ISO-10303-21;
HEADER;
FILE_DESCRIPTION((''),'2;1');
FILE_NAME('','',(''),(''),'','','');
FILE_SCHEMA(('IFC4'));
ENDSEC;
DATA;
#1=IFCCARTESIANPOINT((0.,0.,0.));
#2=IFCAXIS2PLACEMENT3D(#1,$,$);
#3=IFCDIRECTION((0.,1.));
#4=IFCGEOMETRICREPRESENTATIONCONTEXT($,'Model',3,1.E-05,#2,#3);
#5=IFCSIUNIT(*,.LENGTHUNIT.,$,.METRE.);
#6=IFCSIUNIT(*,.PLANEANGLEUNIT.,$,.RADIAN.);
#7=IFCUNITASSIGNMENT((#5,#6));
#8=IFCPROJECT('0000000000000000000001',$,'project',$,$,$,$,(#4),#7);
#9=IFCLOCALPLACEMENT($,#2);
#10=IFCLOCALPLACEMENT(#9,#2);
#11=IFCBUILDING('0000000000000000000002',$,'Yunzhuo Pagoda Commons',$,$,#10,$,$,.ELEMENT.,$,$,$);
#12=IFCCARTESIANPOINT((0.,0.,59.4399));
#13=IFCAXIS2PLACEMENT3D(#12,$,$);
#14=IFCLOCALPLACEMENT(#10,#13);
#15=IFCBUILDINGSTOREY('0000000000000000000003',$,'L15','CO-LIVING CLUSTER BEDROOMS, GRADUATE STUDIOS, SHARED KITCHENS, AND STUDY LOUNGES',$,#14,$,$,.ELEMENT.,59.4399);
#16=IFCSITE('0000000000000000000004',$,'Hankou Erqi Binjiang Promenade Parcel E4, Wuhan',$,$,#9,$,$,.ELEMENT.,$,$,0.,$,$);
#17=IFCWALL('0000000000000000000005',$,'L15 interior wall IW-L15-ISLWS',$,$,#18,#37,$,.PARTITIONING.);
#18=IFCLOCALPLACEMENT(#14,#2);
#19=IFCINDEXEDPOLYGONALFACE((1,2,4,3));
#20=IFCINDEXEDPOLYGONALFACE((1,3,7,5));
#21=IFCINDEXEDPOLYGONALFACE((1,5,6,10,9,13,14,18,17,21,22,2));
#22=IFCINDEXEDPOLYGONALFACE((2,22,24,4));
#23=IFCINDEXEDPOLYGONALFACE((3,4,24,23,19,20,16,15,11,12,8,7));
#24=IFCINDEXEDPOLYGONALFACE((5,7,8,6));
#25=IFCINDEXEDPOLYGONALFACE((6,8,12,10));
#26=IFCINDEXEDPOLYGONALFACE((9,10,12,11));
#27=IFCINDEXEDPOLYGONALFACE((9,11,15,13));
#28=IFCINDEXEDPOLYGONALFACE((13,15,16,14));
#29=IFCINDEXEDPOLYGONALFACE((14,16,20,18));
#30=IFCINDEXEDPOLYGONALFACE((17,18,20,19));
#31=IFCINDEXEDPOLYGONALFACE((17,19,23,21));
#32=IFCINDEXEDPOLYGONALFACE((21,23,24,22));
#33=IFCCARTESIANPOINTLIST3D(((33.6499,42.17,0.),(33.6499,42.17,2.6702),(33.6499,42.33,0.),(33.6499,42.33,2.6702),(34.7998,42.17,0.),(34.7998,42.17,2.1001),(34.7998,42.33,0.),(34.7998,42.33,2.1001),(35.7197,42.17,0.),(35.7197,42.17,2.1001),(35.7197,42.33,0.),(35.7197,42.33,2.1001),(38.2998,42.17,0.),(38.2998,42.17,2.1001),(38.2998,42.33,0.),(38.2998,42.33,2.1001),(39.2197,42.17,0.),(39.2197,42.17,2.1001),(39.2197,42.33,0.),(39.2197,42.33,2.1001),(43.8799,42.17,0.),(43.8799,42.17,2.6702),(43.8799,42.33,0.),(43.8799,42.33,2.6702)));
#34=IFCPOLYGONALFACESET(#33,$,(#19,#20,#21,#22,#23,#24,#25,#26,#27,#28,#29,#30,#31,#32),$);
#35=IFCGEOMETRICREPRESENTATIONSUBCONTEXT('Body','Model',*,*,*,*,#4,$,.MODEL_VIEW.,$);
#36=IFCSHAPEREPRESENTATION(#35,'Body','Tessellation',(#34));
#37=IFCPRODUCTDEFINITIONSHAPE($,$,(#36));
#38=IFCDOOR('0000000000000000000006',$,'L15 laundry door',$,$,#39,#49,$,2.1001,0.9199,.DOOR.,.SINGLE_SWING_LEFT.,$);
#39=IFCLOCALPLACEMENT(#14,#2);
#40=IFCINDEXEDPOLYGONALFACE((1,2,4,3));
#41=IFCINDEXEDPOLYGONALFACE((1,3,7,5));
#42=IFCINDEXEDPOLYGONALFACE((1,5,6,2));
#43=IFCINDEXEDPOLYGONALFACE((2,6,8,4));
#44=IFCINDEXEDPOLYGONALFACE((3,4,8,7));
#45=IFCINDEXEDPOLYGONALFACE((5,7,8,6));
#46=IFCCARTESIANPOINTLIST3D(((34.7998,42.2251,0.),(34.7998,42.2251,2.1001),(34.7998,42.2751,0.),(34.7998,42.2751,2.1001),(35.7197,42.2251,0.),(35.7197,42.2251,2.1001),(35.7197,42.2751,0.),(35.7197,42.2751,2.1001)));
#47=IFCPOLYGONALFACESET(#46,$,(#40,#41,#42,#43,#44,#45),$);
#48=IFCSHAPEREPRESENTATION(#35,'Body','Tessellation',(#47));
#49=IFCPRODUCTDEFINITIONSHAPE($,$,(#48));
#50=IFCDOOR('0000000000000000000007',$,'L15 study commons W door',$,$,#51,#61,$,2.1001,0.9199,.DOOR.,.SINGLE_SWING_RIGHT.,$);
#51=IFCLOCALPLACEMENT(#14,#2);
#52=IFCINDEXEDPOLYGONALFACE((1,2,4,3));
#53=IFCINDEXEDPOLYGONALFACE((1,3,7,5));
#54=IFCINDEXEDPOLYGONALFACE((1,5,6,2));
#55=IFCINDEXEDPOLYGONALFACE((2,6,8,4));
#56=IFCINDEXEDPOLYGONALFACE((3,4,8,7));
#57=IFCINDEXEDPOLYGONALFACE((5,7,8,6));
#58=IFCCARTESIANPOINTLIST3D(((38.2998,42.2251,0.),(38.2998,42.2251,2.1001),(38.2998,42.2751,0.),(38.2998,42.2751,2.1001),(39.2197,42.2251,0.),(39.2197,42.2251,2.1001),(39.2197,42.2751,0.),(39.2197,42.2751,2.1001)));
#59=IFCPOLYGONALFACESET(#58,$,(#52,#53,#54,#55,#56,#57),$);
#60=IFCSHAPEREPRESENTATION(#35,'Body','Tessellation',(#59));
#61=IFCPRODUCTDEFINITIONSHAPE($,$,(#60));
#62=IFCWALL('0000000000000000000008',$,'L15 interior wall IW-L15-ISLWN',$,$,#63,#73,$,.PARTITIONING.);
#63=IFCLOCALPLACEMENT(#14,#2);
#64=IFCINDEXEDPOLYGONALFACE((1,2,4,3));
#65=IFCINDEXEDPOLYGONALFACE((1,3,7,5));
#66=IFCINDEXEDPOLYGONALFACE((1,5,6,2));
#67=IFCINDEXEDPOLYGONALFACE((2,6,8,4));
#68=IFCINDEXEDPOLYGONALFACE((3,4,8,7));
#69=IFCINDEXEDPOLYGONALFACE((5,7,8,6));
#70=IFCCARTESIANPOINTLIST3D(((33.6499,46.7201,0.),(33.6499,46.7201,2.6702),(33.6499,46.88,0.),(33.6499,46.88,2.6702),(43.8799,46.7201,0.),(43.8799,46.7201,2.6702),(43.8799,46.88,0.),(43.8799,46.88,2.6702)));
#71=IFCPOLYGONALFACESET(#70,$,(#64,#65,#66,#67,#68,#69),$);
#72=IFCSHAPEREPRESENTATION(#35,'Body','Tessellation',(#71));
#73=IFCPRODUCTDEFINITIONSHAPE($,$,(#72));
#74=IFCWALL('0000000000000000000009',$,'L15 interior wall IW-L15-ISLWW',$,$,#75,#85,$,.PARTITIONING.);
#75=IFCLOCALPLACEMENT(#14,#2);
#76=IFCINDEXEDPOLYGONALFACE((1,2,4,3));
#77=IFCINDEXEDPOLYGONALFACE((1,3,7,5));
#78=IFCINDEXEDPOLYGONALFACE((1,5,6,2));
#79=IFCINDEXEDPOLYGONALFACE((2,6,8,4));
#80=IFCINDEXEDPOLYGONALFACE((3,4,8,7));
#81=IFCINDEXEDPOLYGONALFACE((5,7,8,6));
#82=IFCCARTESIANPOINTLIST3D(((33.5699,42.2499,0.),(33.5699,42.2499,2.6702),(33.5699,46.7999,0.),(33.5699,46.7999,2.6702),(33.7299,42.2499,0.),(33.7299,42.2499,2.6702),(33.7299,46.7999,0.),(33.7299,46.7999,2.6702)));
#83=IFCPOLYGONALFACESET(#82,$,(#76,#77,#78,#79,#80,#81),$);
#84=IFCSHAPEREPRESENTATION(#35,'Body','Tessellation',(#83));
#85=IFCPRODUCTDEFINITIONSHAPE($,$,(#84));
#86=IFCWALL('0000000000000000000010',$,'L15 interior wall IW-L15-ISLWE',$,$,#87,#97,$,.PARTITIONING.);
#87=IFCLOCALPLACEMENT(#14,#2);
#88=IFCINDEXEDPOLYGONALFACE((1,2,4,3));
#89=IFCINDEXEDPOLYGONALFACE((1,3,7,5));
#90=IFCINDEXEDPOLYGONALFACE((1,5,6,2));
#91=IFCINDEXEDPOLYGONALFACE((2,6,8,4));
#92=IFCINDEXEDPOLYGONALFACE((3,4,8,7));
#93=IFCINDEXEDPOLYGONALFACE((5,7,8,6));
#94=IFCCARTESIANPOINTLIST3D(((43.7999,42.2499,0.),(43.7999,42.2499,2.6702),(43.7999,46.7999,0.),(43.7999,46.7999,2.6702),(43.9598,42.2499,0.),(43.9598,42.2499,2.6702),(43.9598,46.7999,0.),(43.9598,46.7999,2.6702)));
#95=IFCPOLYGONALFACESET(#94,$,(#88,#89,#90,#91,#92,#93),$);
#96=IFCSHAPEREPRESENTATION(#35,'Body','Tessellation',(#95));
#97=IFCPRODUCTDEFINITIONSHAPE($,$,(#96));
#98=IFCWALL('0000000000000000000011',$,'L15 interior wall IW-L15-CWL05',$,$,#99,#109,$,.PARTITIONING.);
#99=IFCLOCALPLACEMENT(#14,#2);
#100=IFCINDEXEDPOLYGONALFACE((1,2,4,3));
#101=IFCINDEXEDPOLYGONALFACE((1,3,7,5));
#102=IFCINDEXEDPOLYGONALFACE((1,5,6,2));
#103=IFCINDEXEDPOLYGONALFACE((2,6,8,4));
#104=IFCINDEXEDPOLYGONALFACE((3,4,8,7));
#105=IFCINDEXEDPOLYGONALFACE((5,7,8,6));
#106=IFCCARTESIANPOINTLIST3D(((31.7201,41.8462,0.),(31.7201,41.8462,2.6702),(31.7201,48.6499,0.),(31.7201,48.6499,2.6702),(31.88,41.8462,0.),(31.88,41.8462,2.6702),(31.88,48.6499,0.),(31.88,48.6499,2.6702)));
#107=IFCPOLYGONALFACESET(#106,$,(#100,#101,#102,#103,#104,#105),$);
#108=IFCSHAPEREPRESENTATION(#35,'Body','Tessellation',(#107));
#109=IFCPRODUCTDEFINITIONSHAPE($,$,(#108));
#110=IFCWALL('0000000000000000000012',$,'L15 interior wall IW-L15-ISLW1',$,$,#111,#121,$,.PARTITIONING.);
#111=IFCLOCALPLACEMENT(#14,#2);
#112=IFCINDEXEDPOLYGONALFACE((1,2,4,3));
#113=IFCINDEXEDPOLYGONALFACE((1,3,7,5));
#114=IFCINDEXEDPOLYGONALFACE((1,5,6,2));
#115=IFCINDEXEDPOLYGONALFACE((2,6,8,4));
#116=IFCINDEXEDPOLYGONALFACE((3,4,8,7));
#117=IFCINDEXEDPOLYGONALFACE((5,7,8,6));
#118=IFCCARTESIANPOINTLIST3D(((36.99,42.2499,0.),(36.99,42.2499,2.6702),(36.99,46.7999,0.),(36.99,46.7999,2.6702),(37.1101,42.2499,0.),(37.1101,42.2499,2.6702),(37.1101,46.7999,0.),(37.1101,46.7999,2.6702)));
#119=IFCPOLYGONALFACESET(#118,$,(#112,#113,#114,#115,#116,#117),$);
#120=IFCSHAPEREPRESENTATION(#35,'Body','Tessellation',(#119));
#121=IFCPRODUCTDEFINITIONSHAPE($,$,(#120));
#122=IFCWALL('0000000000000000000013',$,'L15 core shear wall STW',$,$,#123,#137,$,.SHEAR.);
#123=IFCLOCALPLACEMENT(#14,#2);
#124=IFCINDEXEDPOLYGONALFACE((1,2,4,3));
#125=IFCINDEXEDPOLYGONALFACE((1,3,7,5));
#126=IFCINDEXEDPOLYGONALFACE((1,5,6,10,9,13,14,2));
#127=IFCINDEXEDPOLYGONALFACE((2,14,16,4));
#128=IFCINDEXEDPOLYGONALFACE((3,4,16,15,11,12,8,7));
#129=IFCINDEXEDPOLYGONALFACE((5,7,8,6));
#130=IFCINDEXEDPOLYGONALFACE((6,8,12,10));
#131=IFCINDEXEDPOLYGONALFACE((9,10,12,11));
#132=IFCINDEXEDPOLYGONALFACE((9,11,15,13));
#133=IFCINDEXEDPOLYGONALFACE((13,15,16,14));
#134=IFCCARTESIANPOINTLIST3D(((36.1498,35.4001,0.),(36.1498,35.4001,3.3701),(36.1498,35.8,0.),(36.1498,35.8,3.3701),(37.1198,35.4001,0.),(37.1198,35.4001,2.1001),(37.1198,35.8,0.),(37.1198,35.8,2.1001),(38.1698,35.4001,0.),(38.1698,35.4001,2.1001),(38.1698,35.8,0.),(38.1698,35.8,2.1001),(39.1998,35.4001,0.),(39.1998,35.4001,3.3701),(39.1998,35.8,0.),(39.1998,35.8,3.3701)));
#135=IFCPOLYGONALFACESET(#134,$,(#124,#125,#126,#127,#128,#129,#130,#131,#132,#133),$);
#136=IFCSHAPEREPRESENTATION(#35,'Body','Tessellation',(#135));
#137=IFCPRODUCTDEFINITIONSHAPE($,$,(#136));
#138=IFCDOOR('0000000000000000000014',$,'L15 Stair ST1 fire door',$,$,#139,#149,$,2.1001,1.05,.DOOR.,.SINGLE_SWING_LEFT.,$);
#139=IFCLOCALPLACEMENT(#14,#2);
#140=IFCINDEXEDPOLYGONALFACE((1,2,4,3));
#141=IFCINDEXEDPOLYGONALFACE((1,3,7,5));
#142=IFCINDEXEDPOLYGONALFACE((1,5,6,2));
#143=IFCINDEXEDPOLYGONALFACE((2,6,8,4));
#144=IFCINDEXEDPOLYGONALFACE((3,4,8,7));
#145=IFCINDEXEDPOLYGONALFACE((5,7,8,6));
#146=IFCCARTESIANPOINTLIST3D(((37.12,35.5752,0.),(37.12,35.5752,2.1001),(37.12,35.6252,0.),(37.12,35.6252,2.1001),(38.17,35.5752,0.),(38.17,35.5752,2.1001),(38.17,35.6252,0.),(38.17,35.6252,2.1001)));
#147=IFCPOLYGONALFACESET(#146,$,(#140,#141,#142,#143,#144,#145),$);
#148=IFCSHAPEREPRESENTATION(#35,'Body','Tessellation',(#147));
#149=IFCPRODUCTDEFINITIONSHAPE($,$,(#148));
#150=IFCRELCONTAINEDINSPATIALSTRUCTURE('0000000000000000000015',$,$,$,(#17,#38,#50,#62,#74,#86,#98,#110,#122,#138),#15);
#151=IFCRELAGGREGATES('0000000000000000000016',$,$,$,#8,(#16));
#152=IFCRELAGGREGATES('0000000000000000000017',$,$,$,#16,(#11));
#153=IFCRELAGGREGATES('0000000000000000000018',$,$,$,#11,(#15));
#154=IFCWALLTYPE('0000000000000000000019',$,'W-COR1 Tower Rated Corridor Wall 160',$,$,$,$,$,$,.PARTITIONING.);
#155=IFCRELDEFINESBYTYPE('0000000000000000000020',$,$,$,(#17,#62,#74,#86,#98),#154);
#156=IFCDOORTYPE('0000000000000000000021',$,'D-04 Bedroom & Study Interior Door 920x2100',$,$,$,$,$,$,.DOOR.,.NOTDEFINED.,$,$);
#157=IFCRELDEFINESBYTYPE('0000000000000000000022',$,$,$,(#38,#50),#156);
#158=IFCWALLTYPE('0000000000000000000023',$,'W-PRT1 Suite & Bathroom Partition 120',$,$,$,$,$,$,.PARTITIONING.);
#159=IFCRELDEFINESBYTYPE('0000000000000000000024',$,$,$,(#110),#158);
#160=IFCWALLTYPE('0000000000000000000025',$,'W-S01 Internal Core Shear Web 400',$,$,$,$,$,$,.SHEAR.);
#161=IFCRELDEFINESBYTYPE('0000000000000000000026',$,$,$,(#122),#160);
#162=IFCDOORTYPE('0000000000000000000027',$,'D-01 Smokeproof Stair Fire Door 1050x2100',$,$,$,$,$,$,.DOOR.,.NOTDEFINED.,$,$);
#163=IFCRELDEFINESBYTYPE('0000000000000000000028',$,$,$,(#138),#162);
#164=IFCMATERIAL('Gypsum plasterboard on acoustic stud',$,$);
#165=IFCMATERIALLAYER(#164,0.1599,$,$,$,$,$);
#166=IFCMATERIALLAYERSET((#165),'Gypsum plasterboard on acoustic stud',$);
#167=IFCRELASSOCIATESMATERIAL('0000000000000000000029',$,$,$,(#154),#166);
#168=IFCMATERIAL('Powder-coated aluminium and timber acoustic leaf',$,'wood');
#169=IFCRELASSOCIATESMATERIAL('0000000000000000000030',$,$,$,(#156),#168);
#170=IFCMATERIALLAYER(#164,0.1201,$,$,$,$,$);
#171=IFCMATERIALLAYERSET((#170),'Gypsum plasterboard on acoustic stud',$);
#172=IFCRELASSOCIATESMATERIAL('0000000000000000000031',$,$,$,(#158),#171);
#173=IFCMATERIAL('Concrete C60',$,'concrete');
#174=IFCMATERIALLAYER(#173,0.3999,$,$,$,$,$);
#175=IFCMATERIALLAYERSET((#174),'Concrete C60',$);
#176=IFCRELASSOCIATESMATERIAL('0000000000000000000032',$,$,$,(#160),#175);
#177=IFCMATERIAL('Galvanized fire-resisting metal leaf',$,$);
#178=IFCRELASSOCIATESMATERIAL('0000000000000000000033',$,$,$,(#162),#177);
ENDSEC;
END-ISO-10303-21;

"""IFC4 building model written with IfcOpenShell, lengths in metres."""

from ifc_helpers import new_model, si_unit, direction, frame, frame_2d, origin, place, context, subcontext, project, spatial, rectangle, extrude, source, transform, mapped, material, layer, layer_set, type_object, element, fill, save


model = new_model("IFC4")

# Units and contexts
model_context = context("Model", 3, precision=1e-05, world=origin(), true_north=direction((0.0, 1.0)))
body_context = subcontext(model_context, "Body", "Model", "MODEL_VIEW")
ifc_project = project(units=[si_unit("LENGTHUNIT", "METRE"), si_unit("PLANEANGLEUNIT", "RADIAN")], contexts=[model_context])

# Site, building, storey
site_placement = place(None, origin())
site = spatial("IfcSite", under=ifc_project, at=site_placement, Name="Hankou Erqi Binjiang Promenade Parcel E4, Wuhan", CompositionType="ELEMENT", RefElevation=0.0)
building_placement = place(site_placement, origin())
building = spatial("IfcBuilding", under=site, at=building_placement, Name="Yunzhuo Pagoda Commons", CompositionType="ELEMENT")
storey_placement = place(building_placement, frame((0.0, 0.0, 59.4399)))
storey = spatial("IfcBuildingStorey", under=building, at=storey_placement, Name="L15", Description="CO-LIVING CLUSTER BEDROOMS, GRADUATE STUDIOS, SHARED KITCHENS, AND STUDY LOUNGES", CompositionType="ELEMENT", Elevation=59.4399)

# Shared definitions
ifc_material_1 = material(Name="Concrete C60", Category="concrete")
ifc_material_2 = material(Name="Galvanized fire-resisting metal leaf")
shared_shape_1 = source(origin(), body_context, "Body", "SweptSolid", [
    extrude(rectangle(XDim=1.05, YDim=2.1001, at=frame_2d((0.5249, 1.05))), frame((0.0, 0.0249, 0.0), z_axis=(0.0, -1.0, 0.0), x_axis=(1.0, 0.0, 0.0)), (0.0, 0.0, 1.0), 0.05),
])

# Wall, openings, doors
ifc_material_3 = material(Name="Gypsum plasterboard on acoustic stud")
ifc_layer_1 = layer(ifc_material_3, 0.1599)
ifc_layer_set_1 = layer_set([ifc_layer_1], Name="Gypsum plasterboard on acoustic stud")
wall_type_1 = type_object("IfcWallType", Name="W-COR1 Tower Rated Corridor Wall 160", PredefinedType="PARTITIONING", material=ifc_layer_set_1)
wall_1_placement = place(storey_placement, frame((33.6499, 42.25, 0.0), z_axis=(0.0, 0.0, 1.0), x_axis=(1.0, 0.0, 0.0)))
wall_1 = element("IfcWall", 1, at=wall_1_placement, inside=storey, type_object=wall_type_1, Name="L15 interior wall IW-L15-ISLWS", PredefinedType="PARTITIONING", context=body_context, shape_type="SweptSolid", body=[
    extrude(rectangle(XDim=10.23, YDim=0.1599, at=frame_2d((5.115, 0.0))), origin(), (0.0, 0.0, 1.0), 2.6702),
])
opening_1_placement = place(wall_1_placement, frame((1.1499, 0.0, 0.0)))
opening_1 = element("IfcOpeningElement", 2, at=opening_1_placement, cuts=wall_1, PredefinedType="OPENING", context=body_context, shape_type="SweptSolid", body=[
    extrude(rectangle(XDim=0.9199, YDim=2.1001, at=frame_2d((0.46, 1.05))), frame((0.0, 0.0898, 0.0), z_axis=(0.0, -1.0, 0.0), x_axis=(1.0, 0.0, 0.0)), (0.0, 0.0, 1.0), 0.1799),
])
opening_2_placement = place(wall_1_placement, frame((4.6499, 0.0, 0.0)))
opening_2 = element("IfcOpeningElement", 3, at=opening_2_placement, cuts=wall_1, PredefinedType="OPENING", context=body_context, shape_type="SweptSolid", body=[
    extrude(rectangle(XDim=0.9199, YDim=2.1001, at=frame_2d((0.46, 1.05))), frame((0.0, 0.0898, 0.0), z_axis=(0.0, -1.0, 0.0), x_axis=(1.0, 0.0, 0.0)), (0.0, 0.0, 1.0), 0.1799),
])
ifc_material_4 = material(Name="Powder-coated aluminium and timber acoustic leaf", Category="wood")
door_type_1 = type_object("IfcDoorType", Name="D-04 Bedroom & Study Interior Door 920x2100", OperationType="NOTDEFINED", PredefinedType="DOOR", material=ifc_material_4)
shared_shape_2 = source(origin(), body_context, "Body", "SweptSolid", [
    extrude(rectangle(XDim=0.9199, YDim=2.1001, at=frame_2d((0.46, 1.05))), frame((0.0, 0.0249, 0.0), z_axis=(0.0, -1.0, 0.0), x_axis=(1.0, 0.0, 0.0)), (0.0, 0.0, 1.0), 0.05),
])
door_1_placement = place(opening_1_placement, frame((0.9199, 0.0, 0.0), z_axis=(0.0, 0.0, 1.0), x_axis=(-1.0, 0.0, 0.0)))
door_1 = element("IfcDoor", 4, at=door_1_placement, inside=storey, type_object=door_type_1, Name="L15 laundry door", OperationType="SINGLE_SWING_LEFT", OverallHeight=2.1001, OverallWidth=0.9199, PredefinedType="DOOR", context=body_context, shape_type="MappedRepresentation", body=[
    mapped(shared_shape_2, transform((0.0, 0.0, 0.0), scale=1.0)),
])
fill(opening_1, door_1)
door_2_placement = place(opening_2_placement, frame((0.9199, 0.0, 0.0), z_axis=(0.0, 0.0, 1.0), x_axis=(-1.0, 0.0, 0.0)))
door_2 = element("IfcDoor", 5, at=door_2_placement, inside=storey, type_object=door_type_1, Name="L15 study commons W door", OperationType="SINGLE_SWING_RIGHT", OverallHeight=2.1001, OverallWidth=0.9199, PredefinedType="DOOR", context=body_context, shape_type="MappedRepresentation", body=[
    mapped(shared_shape_2, transform((0.0, 0.0, 0.0), scale=1.0)),
])
fill(opening_2, door_2)

# Walls
wall_2_placement = place(storey_placement, frame((33.6499, 46.8, 0.0), z_axis=(0.0, 0.0, 1.0), x_axis=(1.0, 0.0, 0.0)))
element("IfcWall", 6, at=wall_2_placement, inside=storey, type_object=wall_type_1, Name="L15 interior wall IW-L15-ISLWN", PredefinedType="PARTITIONING", context=body_context, shape_type="SweptSolid", body=[
    extrude(rectangle(XDim=10.23, YDim=0.1599, at=frame_2d((5.115, 0.0))), origin(), (0.0, 0.0, 1.0), 2.6702),
])
for number, where, z_axis, x_axis, name in (
    (7, (33.6499, 42.25, 0.0), (0.0, 0.0, 1.0), (0.0, 1.0, 0.0), "L15 interior wall IW-L15-ISLWW"),
    (8, (43.8799, 42.25, 0.0), (0.0, 0.0, 1.0), (0.0, 1.0, 0.0), "L15 interior wall IW-L15-ISLWE"),
):
    element("IfcWall", number, at=place(storey_placement, frame(where, z_axis=z_axis, x_axis=x_axis)), inside=storey, type_object=wall_type_1, Name=name, PredefinedType="PARTITIONING", context=body_context, shape_type="SweptSolid", body=[
        extrude(rectangle(XDim=4.55, YDim=0.1599, at=frame_2d((2.2749, 0.0))), origin(), (0.0, 0.0, 1.0), 2.6702),
    ])
wall_3_placement = place(storey_placement, frame((31.8, 41.8462, 0.0), z_axis=(0.0, 0.0, 1.0), x_axis=(0.0, 1.0, 0.0)))
element("IfcWall", 9, at=wall_3_placement, inside=storey, type_object=wall_type_1, Name="L15 interior wall IW-L15-CWL05", PredefinedType="PARTITIONING", context=body_context, shape_type="SweptSolid", body=[
    extrude(rectangle(XDim=6.8037, YDim=0.1599, at=frame_2d((3.4019, 0.0))), origin(), (0.0, 0.0, 1.0), 2.6702),
])
ifc_layer_2 = layer(ifc_material_3, 0.1201)
ifc_layer_set_2 = layer_set([ifc_layer_2], Name="Gypsum plasterboard on acoustic stud")
wall_type_2 = type_object("IfcWallType", Name="W-PRT1 Suite & Bathroom Partition 120", PredefinedType="PARTITIONING", material=ifc_layer_set_2)
wall_4_placement = place(storey_placement, frame((37.05, 42.25, 0.0), z_axis=(0.0, 0.0, 1.0), x_axis=(0.0, 1.0, 0.0)))
element("IfcWall", 10, at=wall_4_placement, inside=storey, type_object=wall_type_2, Name="L15 interior wall IW-L15-ISLW1", PredefinedType="PARTITIONING", context=body_context, shape_type="SweptSolid", body=[
    extrude(rectangle(XDim=4.55, YDim=0.1201, at=frame_2d((2.2749, 0.0))), origin(), (0.0, 0.0, 1.0), 2.6702),
])

# Wall, opening, door
ifc_layer_3 = layer(ifc_material_1, 0.3999)
ifc_layer_set_3 = layer_set([ifc_layer_3], Name="Concrete C60")
wall_type_3 = type_object("IfcWallType", Name="W-S01 Internal Core Shear Web 400", PredefinedType="SHEAR", material=ifc_layer_set_3)
wall_5_placement = place(storey_placement, frame((36.1499, 35.6001, 0.0), z_axis=(0.0, 0.0, 1.0), x_axis=(1.0, 0.0, 0.0)))
wall_5 = element("IfcWall", 11, at=wall_5_placement, inside=storey, type_object=wall_type_3, Name="L15 core shear wall STW", PredefinedType="SHEAR", context=body_context, shape_type="SweptSolid", body=[
    extrude(rectangle(XDim=3.05, YDim=0.3999, at=frame_2d((1.5249, 0.0))), origin(), (0.0, 0.0, 1.0), 3.3701),
])
opening_3_placement = place(wall_5_placement, frame((0.97, 0.0, 0.0)))
opening_3 = element("IfcOpeningElement", 12, at=opening_3_placement, cuts=wall_5, PredefinedType="OPENING", context=body_context, shape_type="SweptSolid", body=[
    extrude(rectangle(XDim=1.05, YDim=2.1001, at=frame_2d((0.5249, 1.05))), frame((0.0, 0.21, 0.0), z_axis=(0.0, -1.0, 0.0), x_axis=(1.0, 0.0, 0.0)), (0.0, 0.0, 1.0), 0.4199),
])
door_type_2 = type_object("IfcDoorType", Name="D-01 Smokeproof Stair Fire Door 1050x2100", OperationType="NOTDEFINED", PredefinedType="DOOR", material=ifc_material_2)
door_3_placement = place(opening_3_placement, frame((1.05, 0.0, 0.0), z_axis=(0.0, 0.0, 1.0), x_axis=(-1.0, 0.0, 0.0)))
door_3 = element("IfcDoor", 13, at=door_3_placement, inside=storey, type_object=door_type_2, Name="L15 Stair ST1 fire door", OperationType="SINGLE_SWING_LEFT", OverallHeight=2.1001, OverallWidth=1.05, PredefinedType="DOOR", context=body_context, shape_type="MappedRepresentation", body=[
    mapped(shared_shape_1, transform((0.0, 0.0, 0.0), scale=1.0)),
])
fill(opening_3, door_3)

save(model, "model.ifc")
